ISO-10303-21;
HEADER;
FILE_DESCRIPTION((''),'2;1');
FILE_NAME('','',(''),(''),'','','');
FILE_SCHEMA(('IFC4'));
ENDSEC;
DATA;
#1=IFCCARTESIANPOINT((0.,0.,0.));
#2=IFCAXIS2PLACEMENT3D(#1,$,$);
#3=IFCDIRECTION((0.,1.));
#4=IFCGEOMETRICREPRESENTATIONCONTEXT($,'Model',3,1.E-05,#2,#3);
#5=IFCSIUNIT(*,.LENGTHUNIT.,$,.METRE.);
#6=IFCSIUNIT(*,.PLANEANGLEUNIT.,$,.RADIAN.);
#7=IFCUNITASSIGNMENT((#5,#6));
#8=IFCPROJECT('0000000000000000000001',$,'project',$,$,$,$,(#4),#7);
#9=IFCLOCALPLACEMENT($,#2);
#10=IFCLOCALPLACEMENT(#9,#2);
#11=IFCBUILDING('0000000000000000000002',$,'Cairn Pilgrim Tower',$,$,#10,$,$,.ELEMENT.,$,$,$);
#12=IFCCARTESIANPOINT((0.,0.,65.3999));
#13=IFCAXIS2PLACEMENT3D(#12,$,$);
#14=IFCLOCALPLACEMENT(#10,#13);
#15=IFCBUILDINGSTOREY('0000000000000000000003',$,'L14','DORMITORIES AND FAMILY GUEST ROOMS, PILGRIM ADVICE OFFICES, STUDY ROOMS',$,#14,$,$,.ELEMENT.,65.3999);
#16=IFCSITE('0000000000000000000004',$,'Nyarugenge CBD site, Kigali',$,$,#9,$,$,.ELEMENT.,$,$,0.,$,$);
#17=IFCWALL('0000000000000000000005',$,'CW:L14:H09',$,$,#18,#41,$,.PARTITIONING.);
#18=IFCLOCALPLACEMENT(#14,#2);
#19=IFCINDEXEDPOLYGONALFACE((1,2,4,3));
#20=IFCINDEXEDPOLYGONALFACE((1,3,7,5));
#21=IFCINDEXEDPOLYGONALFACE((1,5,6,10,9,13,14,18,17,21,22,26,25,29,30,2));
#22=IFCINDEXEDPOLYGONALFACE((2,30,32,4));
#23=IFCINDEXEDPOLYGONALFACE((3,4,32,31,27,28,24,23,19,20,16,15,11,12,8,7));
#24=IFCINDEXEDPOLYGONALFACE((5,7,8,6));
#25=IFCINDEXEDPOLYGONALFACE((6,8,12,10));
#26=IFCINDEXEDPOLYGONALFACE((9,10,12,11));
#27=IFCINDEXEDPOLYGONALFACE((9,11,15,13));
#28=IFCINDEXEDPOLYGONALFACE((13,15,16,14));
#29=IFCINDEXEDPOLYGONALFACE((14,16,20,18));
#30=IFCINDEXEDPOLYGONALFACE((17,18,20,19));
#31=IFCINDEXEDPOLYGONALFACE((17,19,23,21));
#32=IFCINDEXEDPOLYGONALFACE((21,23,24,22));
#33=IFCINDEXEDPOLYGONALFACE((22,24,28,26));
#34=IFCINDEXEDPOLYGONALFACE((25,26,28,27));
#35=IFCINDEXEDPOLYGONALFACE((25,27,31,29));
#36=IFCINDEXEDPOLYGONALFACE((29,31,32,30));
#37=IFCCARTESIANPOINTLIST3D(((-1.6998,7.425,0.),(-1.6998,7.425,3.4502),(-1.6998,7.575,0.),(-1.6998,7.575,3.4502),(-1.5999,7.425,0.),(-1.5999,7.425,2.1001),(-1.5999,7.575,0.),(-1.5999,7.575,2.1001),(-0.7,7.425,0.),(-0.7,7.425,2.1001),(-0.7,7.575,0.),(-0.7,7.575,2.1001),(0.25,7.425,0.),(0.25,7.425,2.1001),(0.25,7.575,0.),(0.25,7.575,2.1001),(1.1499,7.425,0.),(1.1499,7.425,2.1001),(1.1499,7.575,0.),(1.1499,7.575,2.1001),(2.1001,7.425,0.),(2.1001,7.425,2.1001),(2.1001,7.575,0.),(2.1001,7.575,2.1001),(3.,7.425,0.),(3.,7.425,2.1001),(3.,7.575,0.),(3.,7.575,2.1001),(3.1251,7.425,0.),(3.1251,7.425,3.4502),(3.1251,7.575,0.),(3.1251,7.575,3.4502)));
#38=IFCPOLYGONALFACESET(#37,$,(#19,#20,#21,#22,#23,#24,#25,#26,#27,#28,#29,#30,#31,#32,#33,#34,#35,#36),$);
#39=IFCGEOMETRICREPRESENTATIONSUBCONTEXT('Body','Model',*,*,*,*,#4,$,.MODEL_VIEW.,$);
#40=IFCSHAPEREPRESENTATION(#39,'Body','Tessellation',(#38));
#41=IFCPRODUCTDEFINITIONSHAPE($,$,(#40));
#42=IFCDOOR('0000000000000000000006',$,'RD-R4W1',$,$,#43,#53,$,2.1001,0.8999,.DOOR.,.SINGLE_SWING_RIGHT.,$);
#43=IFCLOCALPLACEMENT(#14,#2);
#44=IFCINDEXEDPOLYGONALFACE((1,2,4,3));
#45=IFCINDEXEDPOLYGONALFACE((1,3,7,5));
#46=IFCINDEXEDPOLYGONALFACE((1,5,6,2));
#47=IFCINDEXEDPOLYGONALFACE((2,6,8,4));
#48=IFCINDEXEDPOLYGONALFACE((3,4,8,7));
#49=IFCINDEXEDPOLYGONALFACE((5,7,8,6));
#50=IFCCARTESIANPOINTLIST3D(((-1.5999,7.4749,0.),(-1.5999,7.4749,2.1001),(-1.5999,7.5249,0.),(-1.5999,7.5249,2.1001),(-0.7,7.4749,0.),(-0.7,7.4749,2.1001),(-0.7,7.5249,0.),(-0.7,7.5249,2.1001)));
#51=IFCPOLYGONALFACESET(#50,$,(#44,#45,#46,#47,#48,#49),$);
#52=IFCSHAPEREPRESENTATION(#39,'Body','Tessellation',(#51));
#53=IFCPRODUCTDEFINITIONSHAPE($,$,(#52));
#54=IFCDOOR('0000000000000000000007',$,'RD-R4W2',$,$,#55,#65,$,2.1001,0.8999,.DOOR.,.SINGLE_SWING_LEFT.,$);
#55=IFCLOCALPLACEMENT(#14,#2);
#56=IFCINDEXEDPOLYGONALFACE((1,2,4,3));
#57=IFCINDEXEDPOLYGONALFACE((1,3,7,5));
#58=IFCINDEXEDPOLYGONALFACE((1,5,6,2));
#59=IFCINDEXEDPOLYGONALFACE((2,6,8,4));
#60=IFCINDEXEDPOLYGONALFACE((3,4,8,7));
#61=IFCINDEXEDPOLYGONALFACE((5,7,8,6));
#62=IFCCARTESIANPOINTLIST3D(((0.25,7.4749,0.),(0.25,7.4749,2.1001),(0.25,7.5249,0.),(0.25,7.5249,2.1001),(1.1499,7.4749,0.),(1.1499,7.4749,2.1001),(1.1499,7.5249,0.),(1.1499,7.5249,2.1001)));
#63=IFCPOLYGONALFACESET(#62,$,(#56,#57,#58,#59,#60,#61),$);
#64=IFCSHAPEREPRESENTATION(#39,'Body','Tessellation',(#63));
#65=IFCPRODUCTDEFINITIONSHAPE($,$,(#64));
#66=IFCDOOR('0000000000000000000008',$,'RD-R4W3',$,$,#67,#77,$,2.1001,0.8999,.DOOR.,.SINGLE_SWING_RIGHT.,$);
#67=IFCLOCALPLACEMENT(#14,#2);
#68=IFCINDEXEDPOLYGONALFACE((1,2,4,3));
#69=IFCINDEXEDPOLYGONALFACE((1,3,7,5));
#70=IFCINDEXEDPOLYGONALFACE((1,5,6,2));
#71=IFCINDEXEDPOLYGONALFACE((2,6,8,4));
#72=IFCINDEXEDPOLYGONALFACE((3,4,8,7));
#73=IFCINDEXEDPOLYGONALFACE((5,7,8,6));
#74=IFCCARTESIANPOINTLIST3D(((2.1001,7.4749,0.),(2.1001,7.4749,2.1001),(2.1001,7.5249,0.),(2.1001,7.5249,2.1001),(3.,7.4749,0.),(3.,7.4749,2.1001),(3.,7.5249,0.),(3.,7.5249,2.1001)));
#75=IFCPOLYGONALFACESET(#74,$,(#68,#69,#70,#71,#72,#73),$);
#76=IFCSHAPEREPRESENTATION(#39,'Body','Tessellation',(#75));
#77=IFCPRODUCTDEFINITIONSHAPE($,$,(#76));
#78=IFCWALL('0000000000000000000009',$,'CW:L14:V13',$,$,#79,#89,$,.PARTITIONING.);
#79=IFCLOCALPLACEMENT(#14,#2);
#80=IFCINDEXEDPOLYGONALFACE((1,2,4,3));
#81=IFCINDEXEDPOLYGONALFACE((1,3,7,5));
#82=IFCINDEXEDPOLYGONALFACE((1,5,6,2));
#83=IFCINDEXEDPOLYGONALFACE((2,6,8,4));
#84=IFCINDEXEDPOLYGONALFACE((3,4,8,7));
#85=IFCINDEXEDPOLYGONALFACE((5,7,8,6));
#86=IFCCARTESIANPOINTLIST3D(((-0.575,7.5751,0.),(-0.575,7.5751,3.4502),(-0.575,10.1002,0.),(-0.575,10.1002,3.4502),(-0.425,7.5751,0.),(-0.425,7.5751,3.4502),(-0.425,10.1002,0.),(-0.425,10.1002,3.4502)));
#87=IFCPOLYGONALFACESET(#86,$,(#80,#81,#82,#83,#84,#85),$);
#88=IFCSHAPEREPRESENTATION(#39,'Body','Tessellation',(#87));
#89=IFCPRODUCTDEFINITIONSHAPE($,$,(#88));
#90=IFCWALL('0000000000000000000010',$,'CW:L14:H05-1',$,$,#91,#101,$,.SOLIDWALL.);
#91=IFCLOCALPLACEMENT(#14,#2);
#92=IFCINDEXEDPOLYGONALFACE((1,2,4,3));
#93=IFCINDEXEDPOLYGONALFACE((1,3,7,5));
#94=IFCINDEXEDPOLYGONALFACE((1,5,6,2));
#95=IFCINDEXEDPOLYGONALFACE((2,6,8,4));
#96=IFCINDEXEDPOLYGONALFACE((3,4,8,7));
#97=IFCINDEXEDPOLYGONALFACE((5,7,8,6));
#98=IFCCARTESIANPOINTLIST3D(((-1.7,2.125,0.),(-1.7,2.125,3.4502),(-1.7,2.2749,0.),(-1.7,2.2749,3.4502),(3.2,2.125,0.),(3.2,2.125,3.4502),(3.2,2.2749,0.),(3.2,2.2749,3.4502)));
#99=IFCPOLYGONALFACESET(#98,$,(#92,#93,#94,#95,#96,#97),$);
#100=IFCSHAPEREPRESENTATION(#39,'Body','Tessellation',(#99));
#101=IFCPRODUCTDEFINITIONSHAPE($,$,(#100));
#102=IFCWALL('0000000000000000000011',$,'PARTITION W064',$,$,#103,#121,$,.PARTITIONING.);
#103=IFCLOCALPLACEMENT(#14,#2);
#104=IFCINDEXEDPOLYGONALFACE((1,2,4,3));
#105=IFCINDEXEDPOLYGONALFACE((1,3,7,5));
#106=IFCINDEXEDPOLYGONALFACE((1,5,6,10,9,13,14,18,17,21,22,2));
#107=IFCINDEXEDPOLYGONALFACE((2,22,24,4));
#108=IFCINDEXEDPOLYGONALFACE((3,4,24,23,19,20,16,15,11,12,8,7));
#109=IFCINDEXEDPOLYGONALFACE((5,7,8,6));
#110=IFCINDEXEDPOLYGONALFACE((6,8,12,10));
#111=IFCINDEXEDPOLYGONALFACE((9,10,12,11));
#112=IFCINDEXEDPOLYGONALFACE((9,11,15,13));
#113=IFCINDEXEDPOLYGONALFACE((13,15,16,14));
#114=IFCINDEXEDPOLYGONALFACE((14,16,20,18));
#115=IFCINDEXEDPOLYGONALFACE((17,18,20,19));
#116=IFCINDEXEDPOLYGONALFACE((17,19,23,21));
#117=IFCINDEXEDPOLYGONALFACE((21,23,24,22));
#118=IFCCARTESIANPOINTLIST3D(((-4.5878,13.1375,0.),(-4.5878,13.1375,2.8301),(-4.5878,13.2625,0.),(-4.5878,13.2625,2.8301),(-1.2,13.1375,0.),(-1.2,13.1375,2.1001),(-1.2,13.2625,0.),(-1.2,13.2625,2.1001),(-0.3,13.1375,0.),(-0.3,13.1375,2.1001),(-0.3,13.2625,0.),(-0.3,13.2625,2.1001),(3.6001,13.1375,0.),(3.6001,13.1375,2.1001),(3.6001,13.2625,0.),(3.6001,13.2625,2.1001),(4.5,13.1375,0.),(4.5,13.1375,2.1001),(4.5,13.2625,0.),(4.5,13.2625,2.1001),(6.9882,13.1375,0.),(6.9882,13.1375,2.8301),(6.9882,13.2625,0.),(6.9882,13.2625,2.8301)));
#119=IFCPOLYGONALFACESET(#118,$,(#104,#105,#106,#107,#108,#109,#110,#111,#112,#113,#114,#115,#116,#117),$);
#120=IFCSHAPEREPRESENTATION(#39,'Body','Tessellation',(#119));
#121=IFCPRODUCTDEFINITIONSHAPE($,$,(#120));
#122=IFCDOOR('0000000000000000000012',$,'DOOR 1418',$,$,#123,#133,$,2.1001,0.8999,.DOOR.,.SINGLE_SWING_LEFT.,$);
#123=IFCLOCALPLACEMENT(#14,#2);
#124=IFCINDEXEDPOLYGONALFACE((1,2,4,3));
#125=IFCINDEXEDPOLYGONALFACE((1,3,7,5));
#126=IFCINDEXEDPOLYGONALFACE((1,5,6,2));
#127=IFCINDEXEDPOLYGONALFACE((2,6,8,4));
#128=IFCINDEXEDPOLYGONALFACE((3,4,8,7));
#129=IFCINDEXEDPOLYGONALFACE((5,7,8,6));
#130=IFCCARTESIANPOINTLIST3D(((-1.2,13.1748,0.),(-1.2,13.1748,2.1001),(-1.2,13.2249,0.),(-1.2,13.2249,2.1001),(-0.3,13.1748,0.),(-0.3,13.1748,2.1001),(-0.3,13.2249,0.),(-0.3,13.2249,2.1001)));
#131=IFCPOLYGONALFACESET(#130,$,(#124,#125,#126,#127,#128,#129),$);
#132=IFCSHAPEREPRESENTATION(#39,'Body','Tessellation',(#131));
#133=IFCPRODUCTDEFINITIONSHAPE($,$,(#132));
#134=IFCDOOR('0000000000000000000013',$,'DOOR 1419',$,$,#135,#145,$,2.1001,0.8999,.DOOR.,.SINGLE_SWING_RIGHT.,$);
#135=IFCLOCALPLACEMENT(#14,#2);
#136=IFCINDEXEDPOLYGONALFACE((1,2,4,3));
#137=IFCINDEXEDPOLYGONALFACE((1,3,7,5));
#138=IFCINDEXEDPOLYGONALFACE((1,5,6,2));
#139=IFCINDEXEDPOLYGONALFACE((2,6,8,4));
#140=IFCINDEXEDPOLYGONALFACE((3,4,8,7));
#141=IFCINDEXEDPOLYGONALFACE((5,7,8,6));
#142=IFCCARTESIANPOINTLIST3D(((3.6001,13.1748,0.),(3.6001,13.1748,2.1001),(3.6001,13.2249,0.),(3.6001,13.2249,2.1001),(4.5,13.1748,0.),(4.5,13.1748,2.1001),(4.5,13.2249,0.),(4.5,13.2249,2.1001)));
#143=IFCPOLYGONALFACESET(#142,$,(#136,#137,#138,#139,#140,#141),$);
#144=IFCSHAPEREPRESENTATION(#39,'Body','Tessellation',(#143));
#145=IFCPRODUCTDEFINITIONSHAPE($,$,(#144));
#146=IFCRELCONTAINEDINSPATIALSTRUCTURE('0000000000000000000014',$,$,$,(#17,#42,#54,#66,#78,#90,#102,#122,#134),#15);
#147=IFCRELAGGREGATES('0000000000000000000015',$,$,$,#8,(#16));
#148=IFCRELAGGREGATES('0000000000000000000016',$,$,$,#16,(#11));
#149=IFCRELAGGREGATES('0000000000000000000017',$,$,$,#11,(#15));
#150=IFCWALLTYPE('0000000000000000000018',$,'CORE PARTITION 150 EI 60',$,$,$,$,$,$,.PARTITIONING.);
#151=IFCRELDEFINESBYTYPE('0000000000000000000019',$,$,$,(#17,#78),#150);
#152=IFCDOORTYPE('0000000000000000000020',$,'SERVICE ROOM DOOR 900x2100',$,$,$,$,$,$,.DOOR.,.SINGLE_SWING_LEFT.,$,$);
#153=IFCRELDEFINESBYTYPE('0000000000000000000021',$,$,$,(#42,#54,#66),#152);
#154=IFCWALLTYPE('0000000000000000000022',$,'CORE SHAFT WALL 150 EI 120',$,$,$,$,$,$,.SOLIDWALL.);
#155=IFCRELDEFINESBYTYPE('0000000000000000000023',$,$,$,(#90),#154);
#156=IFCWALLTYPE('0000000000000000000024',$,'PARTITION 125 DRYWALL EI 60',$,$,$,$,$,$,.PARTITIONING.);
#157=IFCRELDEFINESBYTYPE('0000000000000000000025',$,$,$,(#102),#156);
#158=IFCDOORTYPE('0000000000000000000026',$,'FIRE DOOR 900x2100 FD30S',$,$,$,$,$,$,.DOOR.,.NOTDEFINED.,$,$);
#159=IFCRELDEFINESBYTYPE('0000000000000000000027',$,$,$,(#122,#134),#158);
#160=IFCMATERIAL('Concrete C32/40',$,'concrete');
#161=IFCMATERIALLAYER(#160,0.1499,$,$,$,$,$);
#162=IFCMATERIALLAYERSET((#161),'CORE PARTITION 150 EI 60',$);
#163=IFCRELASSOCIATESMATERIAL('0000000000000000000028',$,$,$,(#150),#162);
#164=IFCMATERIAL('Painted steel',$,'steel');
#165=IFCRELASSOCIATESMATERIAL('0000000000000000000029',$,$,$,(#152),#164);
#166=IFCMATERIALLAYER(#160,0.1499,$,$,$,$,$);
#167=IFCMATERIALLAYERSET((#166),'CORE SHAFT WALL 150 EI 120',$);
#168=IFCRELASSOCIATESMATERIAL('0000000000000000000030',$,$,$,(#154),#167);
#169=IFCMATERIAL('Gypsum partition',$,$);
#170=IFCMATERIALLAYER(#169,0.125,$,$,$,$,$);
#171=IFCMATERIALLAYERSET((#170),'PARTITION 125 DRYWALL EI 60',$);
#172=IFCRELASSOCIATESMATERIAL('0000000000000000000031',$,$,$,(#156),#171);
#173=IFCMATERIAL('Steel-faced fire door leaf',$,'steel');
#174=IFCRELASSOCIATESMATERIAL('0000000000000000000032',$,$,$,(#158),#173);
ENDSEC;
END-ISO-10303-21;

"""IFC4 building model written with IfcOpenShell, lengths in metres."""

from ifc_helpers import new_model, si_unit, direction, frame, frame_2d, origin, place, context, subcontext, project, spatial, rectangle, extrude, material, layer, layer_set, type_object, element, fill, save


model = new_model("IFC4")

# Units and contexts
model_context = context("Model", 3, precision=1e-05, world=origin(), true_north=direction((0.0, 1.0)))
body_context = subcontext(model_context, "Body", "Model", "MODEL_VIEW")
ifc_project = project(units=[si_unit("LENGTHUNIT", "METRE"), si_unit("PLANEANGLEUNIT", "RADIAN")], contexts=[model_context])

# Site, building, storey
site_placement = place(None, origin())
site = spatial("IfcSite", under=ifc_project, at=site_placement, Name="Nyarugenge CBD site, Kigali", CompositionType="ELEMENT", RefElevation=0.0)
building_placement = place(site_placement, origin())
building = spatial("IfcBuilding", under=site, at=building_placement, Name="Cairn Pilgrim Tower", CompositionType="ELEMENT")
storey_placement = place(building_placement, frame((0.0, 0.0, 65.3999)))
storey = spatial("IfcBuildingStorey", under=building, at=storey_placement, Name="L14", Description="DORMITORIES AND FAMILY GUEST ROOMS, PILGRIM ADVICE OFFICES, STUDY ROOMS", CompositionType="ELEMENT", Elevation=65.3999)

# Shared definitions
ifc_material_1 = material(Name="Concrete C32/40", Category="concrete")

# Wall, openings, doors
ifc_layer_1 = layer(ifc_material_1, 0.1499)
ifc_layer_set_1 = layer_set([ifc_layer_1], Name="CORE PARTITION 150 EI 60")
wall_type_1 = type_object("IfcWallType", Name="CORE PARTITION 150 EI 60", PredefinedType="PARTITIONING", material=ifc_layer_set_1)
ifc_material_2 = material(Name="Painted steel", Category="steel")
door_type_1 = type_object("IfcDoorType", Name="SERVICE ROOM DOOR 900x2100", OperationType="SINGLE_SWING_LEFT", PredefinedType="DOOR", material=ifc_material_2)
wall_1_placement = place(storey_placement, frame((-1.7, 7.5, 0.0), z_axis=(0.0, 0.0, 1.0), x_axis=(1.0, 0.0, 0.0)))
wall_1 = element("IfcWall", 1, at=wall_1_placement, inside=storey, type_object=wall_type_1, Name="CW:L14:H09", PredefinedType="PARTITIONING", context=body_context, shape_type="SweptSolid", body=[
    extrude(rectangle(XDim=4.825, YDim=0.1499, at=frame_2d((2.4126, 0.0))), origin(), (0.0, 0.0, 1.0), 3.4502),
])
opening_1_placement = place(wall_1_placement, frame((0.1001, 0.0, 0.0)))
opening_1 = element("IfcOpeningElement", 2, at=opening_1_placement, cuts=wall_1, PredefinedType="OPENING", context=body_context, shape_type="SweptSolid", body=[
    extrude(rectangle(XDim=0.8999, YDim=2.1001, at=frame_2d((0.45, 1.05))), frame((0.0, 0.085, 0.0), z_axis=(0.0, -1.0, 0.0), x_axis=(1.0, 0.0, 0.0)), (0.0, 0.0, 1.0), 0.1699),
])
opening_2_placement = place(wall_1_placement, frame((1.95, 0.0, 0.0)))
opening_2 = element("IfcOpeningElement", 3, at=opening_2_placement, cuts=wall_1, PredefinedType="OPENING", context=body_context, shape_type="SweptSolid", body=[
    extrude(rectangle(XDim=0.8999, YDim=2.1001, at=frame_2d((0.45, 1.05))), frame((0.0, 0.085, 0.0), z_axis=(0.0, -1.0, 0.0), x_axis=(1.0, 0.0, 0.0)), (0.0, 0.0, 1.0), 0.1699),
])
opening_3_placement = place(wall_1_placement, frame((3.8, 0.0, 0.0)))
opening_3 = element("IfcOpeningElement", 4, at=opening_3_placement, cuts=wall_1, PredefinedType="OPENING", context=body_context, shape_type="SweptSolid", body=[
    extrude(rectangle(XDim=0.8999, YDim=2.1001, at=frame_2d((0.45, 1.05))), frame((0.0, 0.085, 0.0), z_axis=(0.0, -1.0, 0.0), x_axis=(1.0, 0.0, 0.0)), (0.0, 0.0, 1.0), 0.1699),
])
door_1_placement = place(opening_1_placement, origin())
door_1 = element("IfcDoor", 5, at=door_1_placement, inside=storey, type_object=door_type_1, Name="RD-R4W1", OperationType="SINGLE_SWING_RIGHT", OverallHeight=2.1001, OverallWidth=0.8999, PredefinedType="DOOR", context=body_context, shape_type="SweptSolid", body=[
    extrude(rectangle(XDim=0.8999, YDim=2.1001, at=frame_2d((0.45, 1.05))), frame((0.0, 0.0249, 0.0), z_axis=(0.0, -1.0, 0.0), x_axis=(1.0, 0.0, 0.0)), (0.0, 0.0, 1.0), 0.05),
])
fill(opening_1, door_1)
door_2_placement = place(opening_2_placement, origin())
door_2 = element("IfcDoor", 6, at=door_2_placement, inside=storey, type_object=door_type_1, Name="RD-R4W2", OperationType="SINGLE_SWING_LEFT", OverallHeight=2.1001, OverallWidth=0.8999, PredefinedType="DOOR", context=body_context, shape_type="SweptSolid", body=[
    extrude(rectangle(XDim=0.8999, YDim=2.1001, at=frame_2d((0.45, 1.05))), frame((0.0, 0.0249, 0.0), z_axis=(0.0, -1.0, 0.0), x_axis=(1.0, 0.0, 0.0)), (0.0, 0.0, 1.0), 0.05),
])
fill(opening_2, door_2)
door_3_placement = place(opening_3_placement, origin())
door_3 = element("IfcDoor", 7, at=door_3_placement, inside=storey, type_object=door_type_1, Name="RD-R4W3", OperationType="SINGLE_SWING_RIGHT", OverallHeight=2.1001, OverallWidth=0.8999, PredefinedType="DOOR", context=body_context, shape_type="SweptSolid", body=[
    extrude(rectangle(XDim=0.8999, YDim=2.1001, at=frame_2d((0.45, 1.05))), frame((0.0, 0.0249, 0.0), z_axis=(0.0, -1.0, 0.0), x_axis=(1.0, 0.0, 0.0)), (0.0, 0.0, 1.0), 0.05),
])
fill(opening_3, door_3)

# Walls
wall_2_placement = place(storey_placement, frame((-0.5, 7.575, 0.0), z_axis=(0.0, 0.0, 1.0), x_axis=(0.0, 1.0, 0.0)))
element("IfcWall", 8, at=wall_2_placement, inside=storey, type_object=wall_type_1, Name="CW:L14:V13", PredefinedType="PARTITIONING", context=body_context, shape_type="SweptSolid", body=[
    extrude(rectangle(XDim=2.5251, YDim=0.1499, at=frame_2d((1.2627, 0.0))), origin(), (0.0, 0.0, 1.0), 3.4502),
])
ifc_layer_2 = layer(ifc_material_1, 0.1499)
ifc_layer_set_2 = layer_set([ifc_layer_2], Name="CORE SHAFT WALL 150 EI 120")
wall_type_2 = type_object("IfcWallType", Name="CORE SHAFT WALL 150 EI 120", PredefinedType="SOLIDWALL", material=ifc_layer_set_2)
wall_3_placement = place(storey_placement, frame((-1.7, 2.2, 0.0), z_axis=(0.0, 0.0, 1.0), x_axis=(1.0, 0.0, 0.0)))
element("IfcWall", 9, at=wall_3_placement, inside=storey, type_object=wall_type_2, Name="CW:L14:H05-1", PredefinedType="SOLIDWALL", context=body_context, shape_type="SweptSolid", body=[
    extrude(rectangle(XDim=4.8999, YDim=0.1499, at=frame_2d((2.45, 0.0))), origin(), (0.0, 0.0, 1.0), 3.4502),
])

# Wall, openings, doors
ifc_material_3 = material(Name="Gypsum partition")
ifc_layer_3 = layer(ifc_material_3, 0.125)
ifc_layer_set_3 = layer_set([ifc_layer_3], Name="PARTITION 125 DRYWALL EI 60")
wall_type_3 = type_object("IfcWallType", Name="PARTITION 125 DRYWALL EI 60", PredefinedType="PARTITIONING", material=ifc_layer_set_3)
wall_4_placement = place(storey_placement, frame((-4.5879, 13.2, 0.0), z_axis=(0.0, 0.0, 1.0), x_axis=(1.0, 0.0, 0.0)))
wall_4 = element("IfcWall", 10, at=wall_4_placement, inside=storey, type_object=wall_type_3, Name="PARTITION W064", PredefinedType="PARTITIONING", context=body_context, shape_type="SweptSolid", body=[
    extrude(rectangle(XDim=11.5759, YDim=0.125, at=frame_2d((5.7881, 0.0))), origin(), (0.0, 0.0, 1.0), 2.8301),
])
opening_4_placement = place(wall_4_placement, frame((3.3879, 0.0, 0.0)))
opening_4 = element("IfcOpeningElement", 11, at=opening_4_placement, cuts=wall_4, PredefinedType="OPENING", context=body_context, shape_type="SweptSolid", body=[
    extrude(rectangle(XDim=0.8999, YDim=2.1001, at=frame_2d((0.45, 1.05))), frame((0.0, 0.0725, 0.0), z_axis=(0.0, -1.0, 0.0), x_axis=(1.0, 0.0, 0.0)), (0.0, 0.0, 1.0), 0.145),
])
opening_5_placement = place(wall_4_placement, frame((8.188, 0.0, 0.0)))
opening_5 = element("IfcOpeningElement", 12, at=opening_5_placement, cuts=wall_4, PredefinedType="OPENING", context=body_context, shape_type="SweptSolid", body=[
    extrude(rectangle(XDim=0.8999, YDim=2.1001, at=frame_2d((0.45, 1.05))), frame((0.0, 0.0725, 0.0), z_axis=(0.0, -1.0, 0.0), x_axis=(1.0, 0.0, 0.0)), (0.0, 0.0, 1.0), 0.145),
])
ifc_material_4 = material(Name="Steel-faced fire door leaf", Category="steel")
door_type_2 = type_object("IfcDoorType", Name="FIRE DOOR 900x2100 FD30S", OperationType="NOTDEFINED", PredefinedType="DOOR", material=ifc_material_4)
door_4_placement = place(opening_4_placement, origin())
door_4 = element("IfcDoor", 13, at=door_4_placement, inside=storey, type_object=door_type_2, Name="DOOR 1418", OperationType="SINGLE_SWING_LEFT", OverallHeight=2.1001, OverallWidth=0.8999, PredefinedType="DOOR", context=body_context, shape_type="SweptSolid", body=[
    extrude(rectangle(XDim=0.8999, YDim=2.1001, at=frame_2d((0.45, 1.05))), frame((0.0, 0.0249, 0.0), z_axis=(0.0, -1.0, 0.0), x_axis=(1.0, 0.0, 0.0)), (0.0, 0.0, 1.0), 0.05),
])
fill(opening_4, door_4)
door_5_placement = place(opening_5_placement, origin())
door_5 = element("IfcDoor", 14, at=door_5_placement, inside=storey, type_object=door_type_2, Name="DOOR 1419", OperationType="SINGLE_SWING_RIGHT", OverallHeight=2.1001, OverallWidth=0.8999, PredefinedType="DOOR", context=body_context, shape_type="SweptSolid", body=[
    extrude(rectangle(XDim=0.8999, YDim=2.1001, at=frame_2d((0.45, 1.05))), frame((0.0, 0.0249, 0.0), z_axis=(0.0, -1.0, 0.0), x_axis=(1.0, 0.0, 0.0)), (0.0, 0.0, 1.0), 0.05),
])
fill(opening_5, door_5)

save(model, "model.ifc")
